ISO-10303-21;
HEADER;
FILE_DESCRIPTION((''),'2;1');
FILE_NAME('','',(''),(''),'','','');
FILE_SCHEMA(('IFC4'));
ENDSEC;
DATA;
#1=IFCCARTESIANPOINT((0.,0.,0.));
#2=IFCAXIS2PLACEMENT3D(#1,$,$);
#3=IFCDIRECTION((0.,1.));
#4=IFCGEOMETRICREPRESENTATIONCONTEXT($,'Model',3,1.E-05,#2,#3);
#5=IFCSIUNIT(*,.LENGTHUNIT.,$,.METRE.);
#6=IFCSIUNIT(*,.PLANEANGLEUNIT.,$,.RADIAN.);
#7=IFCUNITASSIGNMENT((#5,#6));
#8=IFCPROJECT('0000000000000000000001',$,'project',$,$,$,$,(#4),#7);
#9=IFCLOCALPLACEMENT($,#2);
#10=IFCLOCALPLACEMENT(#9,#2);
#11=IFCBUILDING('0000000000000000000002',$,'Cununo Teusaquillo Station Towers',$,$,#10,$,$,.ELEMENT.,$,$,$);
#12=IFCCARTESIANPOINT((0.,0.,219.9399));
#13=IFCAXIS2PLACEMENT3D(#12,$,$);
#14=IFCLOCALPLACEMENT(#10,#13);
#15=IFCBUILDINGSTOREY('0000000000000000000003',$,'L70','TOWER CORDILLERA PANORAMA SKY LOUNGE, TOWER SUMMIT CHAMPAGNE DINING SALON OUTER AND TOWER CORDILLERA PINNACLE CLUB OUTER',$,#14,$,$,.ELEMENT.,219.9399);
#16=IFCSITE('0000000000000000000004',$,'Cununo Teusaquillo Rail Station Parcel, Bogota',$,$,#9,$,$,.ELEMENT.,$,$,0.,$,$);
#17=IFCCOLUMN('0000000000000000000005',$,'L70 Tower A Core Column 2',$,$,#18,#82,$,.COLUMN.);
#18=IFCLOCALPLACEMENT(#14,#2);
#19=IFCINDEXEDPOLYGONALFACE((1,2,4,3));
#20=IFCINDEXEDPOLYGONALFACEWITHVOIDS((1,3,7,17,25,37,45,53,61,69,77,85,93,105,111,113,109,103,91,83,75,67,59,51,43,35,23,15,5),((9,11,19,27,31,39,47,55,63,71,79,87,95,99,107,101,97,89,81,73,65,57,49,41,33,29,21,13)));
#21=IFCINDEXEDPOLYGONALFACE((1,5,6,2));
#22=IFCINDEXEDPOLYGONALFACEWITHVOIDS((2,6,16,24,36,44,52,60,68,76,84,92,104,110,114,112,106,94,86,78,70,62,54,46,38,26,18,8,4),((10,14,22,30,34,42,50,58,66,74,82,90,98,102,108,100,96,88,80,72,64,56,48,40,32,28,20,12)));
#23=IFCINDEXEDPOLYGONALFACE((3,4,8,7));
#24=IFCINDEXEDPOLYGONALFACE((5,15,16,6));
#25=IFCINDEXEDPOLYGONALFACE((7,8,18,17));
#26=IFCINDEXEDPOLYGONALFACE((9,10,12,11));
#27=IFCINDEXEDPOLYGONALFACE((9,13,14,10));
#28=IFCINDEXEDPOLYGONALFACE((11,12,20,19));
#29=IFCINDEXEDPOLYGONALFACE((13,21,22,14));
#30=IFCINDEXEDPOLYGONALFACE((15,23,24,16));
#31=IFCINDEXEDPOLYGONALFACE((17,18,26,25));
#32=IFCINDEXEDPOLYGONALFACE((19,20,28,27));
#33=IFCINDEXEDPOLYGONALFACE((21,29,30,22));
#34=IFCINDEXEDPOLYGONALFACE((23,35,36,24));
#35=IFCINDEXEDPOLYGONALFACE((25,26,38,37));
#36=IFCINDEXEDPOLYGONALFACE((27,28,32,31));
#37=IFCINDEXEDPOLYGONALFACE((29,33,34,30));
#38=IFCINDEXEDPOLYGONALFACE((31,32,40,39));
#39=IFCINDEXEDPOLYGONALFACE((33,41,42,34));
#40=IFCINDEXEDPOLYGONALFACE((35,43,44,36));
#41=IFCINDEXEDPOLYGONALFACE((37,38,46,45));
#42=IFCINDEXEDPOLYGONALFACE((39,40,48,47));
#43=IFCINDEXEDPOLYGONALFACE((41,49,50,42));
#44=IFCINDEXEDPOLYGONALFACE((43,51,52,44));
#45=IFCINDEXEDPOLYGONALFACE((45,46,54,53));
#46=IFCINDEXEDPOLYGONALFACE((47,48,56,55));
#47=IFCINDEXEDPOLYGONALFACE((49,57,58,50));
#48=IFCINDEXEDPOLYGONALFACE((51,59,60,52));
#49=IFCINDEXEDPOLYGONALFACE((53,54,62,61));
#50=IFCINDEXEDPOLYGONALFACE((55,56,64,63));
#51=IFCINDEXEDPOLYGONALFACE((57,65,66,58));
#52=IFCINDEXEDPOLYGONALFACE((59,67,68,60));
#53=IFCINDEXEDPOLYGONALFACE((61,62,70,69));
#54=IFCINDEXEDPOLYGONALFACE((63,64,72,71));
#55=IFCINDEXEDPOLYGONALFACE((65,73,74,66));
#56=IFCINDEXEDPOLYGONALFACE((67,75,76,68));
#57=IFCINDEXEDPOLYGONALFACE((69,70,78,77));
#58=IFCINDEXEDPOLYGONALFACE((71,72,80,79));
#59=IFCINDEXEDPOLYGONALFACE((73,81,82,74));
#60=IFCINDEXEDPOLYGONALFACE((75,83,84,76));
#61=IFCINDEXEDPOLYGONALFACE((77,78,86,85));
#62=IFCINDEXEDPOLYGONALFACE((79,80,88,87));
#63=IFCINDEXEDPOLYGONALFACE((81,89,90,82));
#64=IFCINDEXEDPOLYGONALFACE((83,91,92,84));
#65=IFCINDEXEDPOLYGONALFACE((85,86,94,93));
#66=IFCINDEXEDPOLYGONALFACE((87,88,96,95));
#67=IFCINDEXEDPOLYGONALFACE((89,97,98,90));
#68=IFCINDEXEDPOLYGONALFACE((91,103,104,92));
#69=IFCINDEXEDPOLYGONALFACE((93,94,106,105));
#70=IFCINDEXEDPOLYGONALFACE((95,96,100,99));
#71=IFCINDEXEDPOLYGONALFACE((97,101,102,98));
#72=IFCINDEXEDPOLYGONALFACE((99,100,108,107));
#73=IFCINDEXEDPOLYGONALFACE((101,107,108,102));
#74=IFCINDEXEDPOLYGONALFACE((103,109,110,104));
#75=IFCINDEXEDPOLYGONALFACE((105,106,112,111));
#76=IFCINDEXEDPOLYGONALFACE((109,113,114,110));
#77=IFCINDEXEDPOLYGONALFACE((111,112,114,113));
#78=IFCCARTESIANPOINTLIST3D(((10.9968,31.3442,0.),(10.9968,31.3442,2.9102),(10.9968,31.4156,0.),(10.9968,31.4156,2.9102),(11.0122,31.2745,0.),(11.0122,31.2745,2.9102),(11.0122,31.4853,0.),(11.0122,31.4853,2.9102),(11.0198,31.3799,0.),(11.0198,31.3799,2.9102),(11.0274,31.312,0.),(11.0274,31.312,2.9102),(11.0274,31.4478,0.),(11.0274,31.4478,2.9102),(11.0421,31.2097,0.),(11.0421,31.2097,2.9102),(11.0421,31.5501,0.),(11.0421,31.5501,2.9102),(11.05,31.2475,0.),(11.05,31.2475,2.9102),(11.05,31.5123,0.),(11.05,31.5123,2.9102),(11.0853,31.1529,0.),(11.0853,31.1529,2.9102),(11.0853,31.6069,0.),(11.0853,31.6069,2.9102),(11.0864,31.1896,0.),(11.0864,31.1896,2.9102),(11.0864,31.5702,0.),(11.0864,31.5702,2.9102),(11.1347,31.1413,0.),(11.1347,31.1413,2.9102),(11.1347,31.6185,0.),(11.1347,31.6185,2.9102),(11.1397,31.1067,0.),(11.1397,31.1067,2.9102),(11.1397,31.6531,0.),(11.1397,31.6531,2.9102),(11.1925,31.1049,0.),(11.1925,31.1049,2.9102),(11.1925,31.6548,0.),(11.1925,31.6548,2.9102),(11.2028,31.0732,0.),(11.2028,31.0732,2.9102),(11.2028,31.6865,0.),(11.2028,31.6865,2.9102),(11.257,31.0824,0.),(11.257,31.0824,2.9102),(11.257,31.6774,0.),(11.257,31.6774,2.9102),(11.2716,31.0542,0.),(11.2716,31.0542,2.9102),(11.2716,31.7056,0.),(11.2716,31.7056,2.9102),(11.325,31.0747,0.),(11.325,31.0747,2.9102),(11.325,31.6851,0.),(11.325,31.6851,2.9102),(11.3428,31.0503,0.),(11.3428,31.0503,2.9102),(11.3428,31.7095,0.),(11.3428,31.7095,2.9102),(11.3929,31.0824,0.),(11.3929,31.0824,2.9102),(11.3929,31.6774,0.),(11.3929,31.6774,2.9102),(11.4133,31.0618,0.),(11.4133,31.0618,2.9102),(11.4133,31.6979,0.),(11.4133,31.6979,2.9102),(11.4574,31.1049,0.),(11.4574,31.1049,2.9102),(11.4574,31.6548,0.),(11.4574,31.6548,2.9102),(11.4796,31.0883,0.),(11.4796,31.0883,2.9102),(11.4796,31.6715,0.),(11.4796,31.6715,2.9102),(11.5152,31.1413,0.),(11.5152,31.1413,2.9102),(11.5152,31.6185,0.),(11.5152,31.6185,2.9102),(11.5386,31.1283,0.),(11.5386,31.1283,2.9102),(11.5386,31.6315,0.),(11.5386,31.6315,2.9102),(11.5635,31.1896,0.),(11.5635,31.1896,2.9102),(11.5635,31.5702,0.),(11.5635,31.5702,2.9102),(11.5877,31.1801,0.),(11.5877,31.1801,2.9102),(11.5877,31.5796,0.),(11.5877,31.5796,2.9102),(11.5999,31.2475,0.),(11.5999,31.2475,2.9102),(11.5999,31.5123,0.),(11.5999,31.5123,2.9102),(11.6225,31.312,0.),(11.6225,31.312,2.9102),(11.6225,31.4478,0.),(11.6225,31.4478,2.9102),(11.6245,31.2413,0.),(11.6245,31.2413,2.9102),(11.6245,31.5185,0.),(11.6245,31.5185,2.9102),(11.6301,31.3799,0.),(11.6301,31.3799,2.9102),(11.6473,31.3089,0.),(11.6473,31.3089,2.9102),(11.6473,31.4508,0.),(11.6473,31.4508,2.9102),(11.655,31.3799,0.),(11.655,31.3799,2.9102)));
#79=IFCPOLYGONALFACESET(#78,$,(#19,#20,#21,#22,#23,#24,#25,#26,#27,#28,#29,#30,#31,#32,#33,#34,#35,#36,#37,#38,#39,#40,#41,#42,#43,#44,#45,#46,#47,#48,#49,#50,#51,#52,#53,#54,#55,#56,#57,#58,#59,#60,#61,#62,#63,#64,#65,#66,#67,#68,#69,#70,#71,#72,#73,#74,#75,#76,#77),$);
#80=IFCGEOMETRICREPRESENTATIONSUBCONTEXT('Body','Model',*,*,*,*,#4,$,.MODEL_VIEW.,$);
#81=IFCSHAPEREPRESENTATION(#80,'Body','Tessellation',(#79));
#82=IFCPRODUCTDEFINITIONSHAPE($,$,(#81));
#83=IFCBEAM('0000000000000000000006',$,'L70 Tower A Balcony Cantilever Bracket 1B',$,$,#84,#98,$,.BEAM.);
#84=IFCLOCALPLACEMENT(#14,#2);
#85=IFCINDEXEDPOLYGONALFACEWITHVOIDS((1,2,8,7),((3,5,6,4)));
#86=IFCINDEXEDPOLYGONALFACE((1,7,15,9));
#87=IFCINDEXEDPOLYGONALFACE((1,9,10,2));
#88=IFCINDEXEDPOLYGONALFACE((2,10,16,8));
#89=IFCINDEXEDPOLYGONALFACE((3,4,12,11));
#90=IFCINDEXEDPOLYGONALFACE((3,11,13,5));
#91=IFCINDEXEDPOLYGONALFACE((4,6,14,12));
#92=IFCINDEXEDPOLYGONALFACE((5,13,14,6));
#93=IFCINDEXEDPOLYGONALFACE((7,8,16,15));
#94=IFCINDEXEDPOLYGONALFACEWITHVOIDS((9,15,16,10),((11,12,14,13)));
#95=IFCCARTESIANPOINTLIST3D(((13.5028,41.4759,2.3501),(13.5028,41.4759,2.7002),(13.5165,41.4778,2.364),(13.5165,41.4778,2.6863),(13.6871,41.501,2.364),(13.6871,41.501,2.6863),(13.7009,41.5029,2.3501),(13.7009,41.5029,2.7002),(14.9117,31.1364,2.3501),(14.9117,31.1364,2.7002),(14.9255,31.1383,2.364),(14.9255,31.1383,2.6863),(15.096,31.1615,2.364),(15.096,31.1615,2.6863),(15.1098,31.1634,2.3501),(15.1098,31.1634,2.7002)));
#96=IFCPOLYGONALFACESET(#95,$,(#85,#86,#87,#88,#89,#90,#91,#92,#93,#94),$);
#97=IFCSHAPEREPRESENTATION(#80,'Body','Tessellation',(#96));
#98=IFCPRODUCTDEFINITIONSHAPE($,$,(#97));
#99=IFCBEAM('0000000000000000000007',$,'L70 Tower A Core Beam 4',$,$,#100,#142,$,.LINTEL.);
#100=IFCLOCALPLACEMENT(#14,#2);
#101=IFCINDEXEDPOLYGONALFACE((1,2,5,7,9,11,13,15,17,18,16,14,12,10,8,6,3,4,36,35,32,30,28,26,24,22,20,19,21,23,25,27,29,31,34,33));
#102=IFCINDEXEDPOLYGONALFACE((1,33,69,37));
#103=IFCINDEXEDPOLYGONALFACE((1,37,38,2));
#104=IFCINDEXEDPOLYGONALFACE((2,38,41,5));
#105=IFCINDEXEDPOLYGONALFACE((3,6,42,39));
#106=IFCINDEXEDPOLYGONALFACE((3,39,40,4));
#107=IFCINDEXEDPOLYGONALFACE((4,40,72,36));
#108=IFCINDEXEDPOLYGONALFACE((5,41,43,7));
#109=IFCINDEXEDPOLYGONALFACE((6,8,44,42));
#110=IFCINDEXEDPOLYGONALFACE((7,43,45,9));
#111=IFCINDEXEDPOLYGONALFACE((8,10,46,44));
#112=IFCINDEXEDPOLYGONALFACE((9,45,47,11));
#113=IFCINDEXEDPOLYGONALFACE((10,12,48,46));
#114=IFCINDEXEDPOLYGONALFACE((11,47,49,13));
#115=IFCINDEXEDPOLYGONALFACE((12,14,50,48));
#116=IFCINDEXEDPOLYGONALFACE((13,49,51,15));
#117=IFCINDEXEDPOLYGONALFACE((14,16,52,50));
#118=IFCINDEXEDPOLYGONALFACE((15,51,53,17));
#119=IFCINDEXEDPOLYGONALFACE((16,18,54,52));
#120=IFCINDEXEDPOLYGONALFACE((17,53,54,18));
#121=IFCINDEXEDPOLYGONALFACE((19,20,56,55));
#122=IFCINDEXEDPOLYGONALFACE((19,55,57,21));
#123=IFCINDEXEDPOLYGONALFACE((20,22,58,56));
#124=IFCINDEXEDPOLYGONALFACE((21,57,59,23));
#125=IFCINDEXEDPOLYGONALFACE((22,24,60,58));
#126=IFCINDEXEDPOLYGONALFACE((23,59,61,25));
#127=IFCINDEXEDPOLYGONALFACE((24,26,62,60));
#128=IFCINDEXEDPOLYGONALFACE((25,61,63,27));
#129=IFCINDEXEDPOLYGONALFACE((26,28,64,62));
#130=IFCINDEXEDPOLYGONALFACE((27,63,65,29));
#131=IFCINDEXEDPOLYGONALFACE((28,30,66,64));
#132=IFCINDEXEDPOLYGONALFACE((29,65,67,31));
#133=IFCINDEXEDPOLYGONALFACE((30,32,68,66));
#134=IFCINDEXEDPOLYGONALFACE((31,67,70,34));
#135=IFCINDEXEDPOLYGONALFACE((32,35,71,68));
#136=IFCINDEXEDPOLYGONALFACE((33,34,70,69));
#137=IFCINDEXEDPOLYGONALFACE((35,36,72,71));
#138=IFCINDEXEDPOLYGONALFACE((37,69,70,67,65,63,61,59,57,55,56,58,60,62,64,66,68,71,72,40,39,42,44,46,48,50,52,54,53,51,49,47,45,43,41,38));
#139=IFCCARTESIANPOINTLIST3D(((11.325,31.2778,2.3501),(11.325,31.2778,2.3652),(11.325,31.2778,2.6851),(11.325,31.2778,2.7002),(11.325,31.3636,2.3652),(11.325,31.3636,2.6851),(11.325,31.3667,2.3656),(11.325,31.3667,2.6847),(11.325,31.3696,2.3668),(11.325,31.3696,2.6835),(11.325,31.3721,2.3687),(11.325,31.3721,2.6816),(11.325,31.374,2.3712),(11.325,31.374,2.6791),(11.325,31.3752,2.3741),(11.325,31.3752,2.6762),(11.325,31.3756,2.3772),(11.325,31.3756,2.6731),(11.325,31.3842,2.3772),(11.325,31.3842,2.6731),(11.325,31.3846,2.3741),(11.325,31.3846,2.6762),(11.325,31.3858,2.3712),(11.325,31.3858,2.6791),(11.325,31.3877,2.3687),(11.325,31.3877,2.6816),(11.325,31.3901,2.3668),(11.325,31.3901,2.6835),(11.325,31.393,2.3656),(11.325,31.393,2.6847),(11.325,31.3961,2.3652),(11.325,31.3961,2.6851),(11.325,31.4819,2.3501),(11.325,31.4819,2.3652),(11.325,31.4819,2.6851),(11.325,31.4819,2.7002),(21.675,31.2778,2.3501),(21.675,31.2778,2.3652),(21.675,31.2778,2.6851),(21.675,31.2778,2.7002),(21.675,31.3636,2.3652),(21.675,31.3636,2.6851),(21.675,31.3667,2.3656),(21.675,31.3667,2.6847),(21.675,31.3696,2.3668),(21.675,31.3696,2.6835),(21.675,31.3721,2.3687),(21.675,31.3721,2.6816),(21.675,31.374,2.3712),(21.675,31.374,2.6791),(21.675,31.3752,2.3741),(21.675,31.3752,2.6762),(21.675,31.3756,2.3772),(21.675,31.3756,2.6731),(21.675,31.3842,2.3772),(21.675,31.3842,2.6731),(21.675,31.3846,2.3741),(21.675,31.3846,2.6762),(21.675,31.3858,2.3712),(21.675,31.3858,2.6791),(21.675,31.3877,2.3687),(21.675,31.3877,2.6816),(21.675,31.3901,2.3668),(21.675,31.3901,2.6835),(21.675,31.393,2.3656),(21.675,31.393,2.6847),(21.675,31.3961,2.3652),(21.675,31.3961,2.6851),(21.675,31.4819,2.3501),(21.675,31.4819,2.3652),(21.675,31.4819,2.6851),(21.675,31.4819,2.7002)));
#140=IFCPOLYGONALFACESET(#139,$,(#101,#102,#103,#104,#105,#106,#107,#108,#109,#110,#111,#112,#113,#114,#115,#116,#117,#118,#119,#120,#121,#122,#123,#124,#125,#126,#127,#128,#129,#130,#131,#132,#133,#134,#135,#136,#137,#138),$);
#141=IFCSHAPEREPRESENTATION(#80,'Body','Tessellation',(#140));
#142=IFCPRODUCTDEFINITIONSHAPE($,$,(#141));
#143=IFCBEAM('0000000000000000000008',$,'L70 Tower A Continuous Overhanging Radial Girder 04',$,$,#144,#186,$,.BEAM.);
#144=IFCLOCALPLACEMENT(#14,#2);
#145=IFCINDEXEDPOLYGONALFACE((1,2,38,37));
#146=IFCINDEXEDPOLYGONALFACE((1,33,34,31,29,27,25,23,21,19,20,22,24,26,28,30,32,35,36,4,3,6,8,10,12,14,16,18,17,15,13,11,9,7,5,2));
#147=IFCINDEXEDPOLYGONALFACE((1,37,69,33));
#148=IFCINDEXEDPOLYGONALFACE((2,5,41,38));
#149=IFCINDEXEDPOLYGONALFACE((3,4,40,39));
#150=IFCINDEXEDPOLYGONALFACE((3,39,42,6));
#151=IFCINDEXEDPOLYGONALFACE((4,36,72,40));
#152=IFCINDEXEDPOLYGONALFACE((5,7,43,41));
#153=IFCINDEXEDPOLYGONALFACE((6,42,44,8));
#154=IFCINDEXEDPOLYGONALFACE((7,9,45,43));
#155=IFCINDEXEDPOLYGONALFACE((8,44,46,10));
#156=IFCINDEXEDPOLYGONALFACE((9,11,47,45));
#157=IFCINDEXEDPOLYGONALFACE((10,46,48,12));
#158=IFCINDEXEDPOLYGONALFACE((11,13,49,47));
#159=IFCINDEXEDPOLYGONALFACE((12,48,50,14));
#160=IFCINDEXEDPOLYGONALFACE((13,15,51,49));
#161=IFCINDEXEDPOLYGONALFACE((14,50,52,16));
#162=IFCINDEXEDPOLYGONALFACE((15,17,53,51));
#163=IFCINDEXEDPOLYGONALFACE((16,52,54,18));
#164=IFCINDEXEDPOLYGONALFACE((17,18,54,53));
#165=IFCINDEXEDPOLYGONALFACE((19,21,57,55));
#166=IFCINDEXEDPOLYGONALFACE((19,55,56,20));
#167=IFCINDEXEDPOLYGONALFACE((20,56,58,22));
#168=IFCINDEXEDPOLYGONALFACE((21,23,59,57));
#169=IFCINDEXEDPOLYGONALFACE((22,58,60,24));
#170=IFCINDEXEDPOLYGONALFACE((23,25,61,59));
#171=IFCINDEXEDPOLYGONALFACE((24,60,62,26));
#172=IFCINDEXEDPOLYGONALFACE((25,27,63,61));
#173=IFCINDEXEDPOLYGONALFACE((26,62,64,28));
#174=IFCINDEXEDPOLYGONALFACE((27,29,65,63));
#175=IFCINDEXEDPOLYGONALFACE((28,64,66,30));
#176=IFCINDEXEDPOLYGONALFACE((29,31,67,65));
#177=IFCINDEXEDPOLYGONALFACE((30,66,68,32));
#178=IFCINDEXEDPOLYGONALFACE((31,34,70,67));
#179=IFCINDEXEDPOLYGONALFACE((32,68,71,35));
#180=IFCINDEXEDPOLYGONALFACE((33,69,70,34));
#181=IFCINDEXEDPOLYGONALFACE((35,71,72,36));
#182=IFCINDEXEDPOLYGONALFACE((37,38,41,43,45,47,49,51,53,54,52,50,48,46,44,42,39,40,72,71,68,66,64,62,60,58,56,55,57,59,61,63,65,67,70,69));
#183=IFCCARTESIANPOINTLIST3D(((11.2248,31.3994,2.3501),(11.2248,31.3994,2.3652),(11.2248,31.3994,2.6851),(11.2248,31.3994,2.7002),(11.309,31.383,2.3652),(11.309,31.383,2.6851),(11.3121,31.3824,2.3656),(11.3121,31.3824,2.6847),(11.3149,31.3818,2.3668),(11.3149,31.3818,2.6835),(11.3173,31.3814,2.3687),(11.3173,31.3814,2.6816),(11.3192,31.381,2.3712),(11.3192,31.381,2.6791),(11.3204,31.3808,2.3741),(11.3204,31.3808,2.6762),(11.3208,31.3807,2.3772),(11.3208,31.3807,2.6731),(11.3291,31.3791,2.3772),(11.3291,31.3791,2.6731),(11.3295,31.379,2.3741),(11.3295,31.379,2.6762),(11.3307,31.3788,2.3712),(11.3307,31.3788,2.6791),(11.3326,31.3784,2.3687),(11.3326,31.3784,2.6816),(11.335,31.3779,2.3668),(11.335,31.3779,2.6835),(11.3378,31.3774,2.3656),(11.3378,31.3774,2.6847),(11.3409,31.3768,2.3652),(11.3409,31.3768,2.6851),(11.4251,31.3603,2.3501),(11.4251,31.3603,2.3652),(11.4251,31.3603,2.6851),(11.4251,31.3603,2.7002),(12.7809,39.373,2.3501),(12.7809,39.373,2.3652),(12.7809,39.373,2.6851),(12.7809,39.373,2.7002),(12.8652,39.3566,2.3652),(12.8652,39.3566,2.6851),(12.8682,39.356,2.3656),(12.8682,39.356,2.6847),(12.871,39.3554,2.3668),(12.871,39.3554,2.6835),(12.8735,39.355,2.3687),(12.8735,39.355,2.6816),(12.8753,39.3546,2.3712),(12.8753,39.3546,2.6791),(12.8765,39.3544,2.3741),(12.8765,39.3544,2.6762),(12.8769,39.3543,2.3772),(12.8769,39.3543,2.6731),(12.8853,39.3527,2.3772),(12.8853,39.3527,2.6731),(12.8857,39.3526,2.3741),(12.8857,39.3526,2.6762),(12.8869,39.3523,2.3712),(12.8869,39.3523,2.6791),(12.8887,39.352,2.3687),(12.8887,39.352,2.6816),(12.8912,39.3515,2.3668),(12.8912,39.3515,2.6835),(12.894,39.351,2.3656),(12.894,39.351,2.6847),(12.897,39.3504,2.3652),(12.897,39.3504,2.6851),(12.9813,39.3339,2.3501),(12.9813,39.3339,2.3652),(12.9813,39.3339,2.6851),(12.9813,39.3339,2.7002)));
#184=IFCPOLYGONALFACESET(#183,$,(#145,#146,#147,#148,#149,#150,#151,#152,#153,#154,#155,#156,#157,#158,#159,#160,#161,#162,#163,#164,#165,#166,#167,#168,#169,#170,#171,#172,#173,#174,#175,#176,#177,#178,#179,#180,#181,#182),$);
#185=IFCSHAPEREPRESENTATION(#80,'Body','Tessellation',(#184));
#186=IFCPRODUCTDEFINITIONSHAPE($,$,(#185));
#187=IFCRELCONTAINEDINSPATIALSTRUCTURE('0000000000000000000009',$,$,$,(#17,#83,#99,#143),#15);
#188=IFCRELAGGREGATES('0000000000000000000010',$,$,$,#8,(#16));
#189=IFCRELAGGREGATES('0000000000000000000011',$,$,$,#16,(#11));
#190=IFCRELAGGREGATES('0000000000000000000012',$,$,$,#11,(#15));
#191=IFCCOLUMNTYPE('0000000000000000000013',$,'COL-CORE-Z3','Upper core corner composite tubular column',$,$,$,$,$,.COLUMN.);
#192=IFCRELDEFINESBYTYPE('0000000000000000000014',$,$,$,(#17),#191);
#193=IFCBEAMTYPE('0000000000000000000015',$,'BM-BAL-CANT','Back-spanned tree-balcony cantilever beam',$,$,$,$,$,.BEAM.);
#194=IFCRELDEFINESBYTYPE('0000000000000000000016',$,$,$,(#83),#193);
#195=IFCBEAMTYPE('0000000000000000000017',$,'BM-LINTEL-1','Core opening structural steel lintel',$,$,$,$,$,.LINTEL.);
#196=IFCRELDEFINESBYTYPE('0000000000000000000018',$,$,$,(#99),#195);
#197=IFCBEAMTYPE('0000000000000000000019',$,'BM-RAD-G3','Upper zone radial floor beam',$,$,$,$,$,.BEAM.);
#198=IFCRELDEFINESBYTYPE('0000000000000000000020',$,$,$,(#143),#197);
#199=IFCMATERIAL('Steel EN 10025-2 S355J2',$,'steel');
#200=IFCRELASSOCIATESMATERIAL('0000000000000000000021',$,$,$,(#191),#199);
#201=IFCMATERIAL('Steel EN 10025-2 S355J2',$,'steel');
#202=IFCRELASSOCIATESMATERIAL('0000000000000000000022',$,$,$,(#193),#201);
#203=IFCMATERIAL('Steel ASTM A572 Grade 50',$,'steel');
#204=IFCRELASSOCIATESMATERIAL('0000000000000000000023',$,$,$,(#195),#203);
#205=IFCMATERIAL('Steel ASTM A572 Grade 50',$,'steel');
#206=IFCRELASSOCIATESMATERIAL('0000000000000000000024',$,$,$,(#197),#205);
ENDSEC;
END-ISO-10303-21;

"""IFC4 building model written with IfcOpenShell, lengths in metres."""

from ifc_helpers import new_model, si_unit, direction, frame, origin, origin_2d, place, context, subcontext, project, spatial, hollow_rectangle, hollow_circle, i_section, extrude, material, material_profile, profile_set, type_object, element, save


model = new_model("IFC4")

# Units and contexts
model_context = context("Model", 3, precision=1e-05, world=origin(), true_north=direction((0.0, 1.0)))
body_context = subcontext(model_context, "Body", "Model", "MODEL_VIEW")
ifc_project = project(units=[si_unit("LENGTHUNIT", "METRE"), si_unit("PLANEANGLEUNIT", "RADIAN")], contexts=[model_context])

# Site, building, storey
site_placement = place(None, origin())
site = spatial("IfcSite", under=ifc_project, at=site_placement, Name="Cununo Teusaquillo Rail Station Parcel, Bogota", CompositionType="ELEMENT", RefElevation=0.0)
building_placement = place(site_placement, origin())
building = spatial("IfcBuilding", under=site, at=building_placement, Name="Cununo Teusaquillo Station Towers", CompositionType="ELEMENT")
storey_placement = place(building_placement, frame((0.0, 0.0, 219.9399)))
storey = spatial("IfcBuildingStorey", under=building, at=storey_placement, Name="L70", Description="TOWER CORDILLERA PANORAMA SKY LOUNGE, TOWER SUMMIT CHAMPAGNE DINING SALON OUTER AND TOWER CORDILLERA PINNACLE CLUB OUTER", CompositionType="ELEMENT", Elevation=219.9399)

# Column
ifc_material_1 = material(Name="Steel EN 10025-2 S355J2", Category="steel")
ifc_material_profile_1 = material_profile(ifc_material_1, hollow_circle(Radius=0.3301, WallThickness=0.0249, at=origin_2d()), Name="CHS 660x25")
ifc_profile_set_1 = profile_set([ifc_material_profile_1], Name="Steel EN 10025-2 S355J2")
column_type = type_object("IfcColumnType", Name="COL-CORE-Z3", Description="Upper core corner composite tubular column", PredefinedType="COLUMN", material=ifc_profile_set_1)
column_placement = place(storey_placement, frame((11.325, 31.3799, 0.0), z_axis=(0.0, 0.0, 1.0), x_axis=(1.0, 0.0, 0.0)))
element("IfcColumn", 1, at=column_placement, inside=storey, type_object=column_type, Name="L70 Tower A Core Column 2", PredefinedType="COLUMN", context=body_context, shape_type="SweptSolid", body=[
    extrude(hollow_circle(Radius=0.3301, WallThickness=0.0249, at=origin_2d()), origin(), (0.0, 0.0, 1.0), 2.9102),
])

# Beams
ifc_material_2 = material(Name="Steel EN 10025-2 S355J2", Category="steel")
ifc_material_profile_2 = material_profile(ifc_material_2, hollow_rectangle(XDim=0.2, YDim=0.3501, WallThickness=0.0139, at=origin_2d()), Name="RHS 350x200x14")
ifc_profile_set_2 = profile_set([ifc_material_profile_2], Name="Steel EN 10025-2 S355J2")
beam_type_1 = type_object("IfcBeamType", Name="BM-BAL-CANT", Description="Back-spanned tree-balcony cantilever beam", PredefinedType="BEAM", material=ifc_profile_set_2)
beam_1_placement = place(storey_placement, frame((15.0107, 31.1499, 2.5251), z_axis=(-0.135018, 0.990843, 0.0), x_axis=(-0.990843, -0.135018, 0.0)))
element("IfcBeam", 2, at=beam_1_placement, inside=storey, type_object=beam_type_1, Name="L70 Tower A Balcony Cantilever Bracket 1B", PredefinedType="BEAM", context=body_context, shape_type="SweptSolid", body=[
    extrude(hollow_rectangle(XDim=0.2, YDim=0.3501, WallThickness=0.0139, at=origin_2d()), origin(), (0.0, 0.0, 1.0), 10.4351),
])
ifc_material_3 = material(Name="Steel ASTM A572 Grade 50", Category="steel")
ifc_material_profile_3 = material_profile(ifc_material_3, i_section(OverallWidth=0.2041, OverallDepth=0.3501, WebThickness=0.0085, FlangeThickness=0.0151, FilletRadius=0.012, at=origin_2d()), Name="W14X48")
ifc_profile_set_3 = profile_set([ifc_material_profile_3], Name="Steel ASTM A572 Grade 50")
beam_type_2 = type_object("IfcBeamType", Name="BM-LINTEL-1", Description="Core opening structural steel lintel", PredefinedType="LINTEL", material=ifc_profile_set_3)
beam_2_placement = place(storey_placement, frame((11.325, 31.3799, 2.5251), z_axis=(1.0, 0.0, 0.0), x_axis=(0.0, 1.0, 0.0)))
element("IfcBeam", 3, at=beam_2_placement, inside=storey, type_object=beam_type_2, Name="L70 Tower A Core Beam 4", PredefinedType="LINTEL", context=body_context, shape_type="SweptSolid", body=[
    extrude(i_section(OverallWidth=0.2041, OverallDepth=0.3501, WebThickness=0.0085, FlangeThickness=0.0151, FilletRadius=0.012, at=origin_2d()), origin(), (0.0, 0.0, 1.0), 10.3501),
])
ifc_material_4 = material(Name="Steel ASTM A572 Grade 50", Category="steel")
ifc_material_profile_4 = material_profile(ifc_material_4, i_section(OverallWidth=0.2041, OverallDepth=0.3501, WebThickness=0.0085, FlangeThickness=0.0151, FilletRadius=0.012, at=origin_2d()), Name="W14X48")
ifc_profile_set_4 = profile_set([ifc_material_profile_4], Name="Steel ASTM A572 Grade 50")
beam_type_3 = type_object("IfcBeamType", Name="BM-RAD-G3", Description="Upper zone radial floor beam", PredefinedType="BEAM", material=ifc_profile_set_4)
beam_3_placement = place(storey_placement, frame((11.325, 31.3799, 2.5251), z_axis=(0.191548, 0.981483, 0.0), x_axis=(-0.981483, 0.191548, 0.0)))
element("IfcBeam", 4, at=beam_3_placement, inside=storey, type_object=beam_type_3, Name="L70 Tower A Continuous Overhanging Radial Girder 04", PredefinedType="BEAM", context=body_context, shape_type="SweptSolid", body=[
    extrude(i_section(OverallWidth=0.2041, OverallDepth=0.3501, WebThickness=0.0085, FlangeThickness=0.0151, FilletRadius=0.012, at=origin_2d()), origin(), (0.0, 0.0, 1.0), 8.124),
])

save(model, "model.ifc")
